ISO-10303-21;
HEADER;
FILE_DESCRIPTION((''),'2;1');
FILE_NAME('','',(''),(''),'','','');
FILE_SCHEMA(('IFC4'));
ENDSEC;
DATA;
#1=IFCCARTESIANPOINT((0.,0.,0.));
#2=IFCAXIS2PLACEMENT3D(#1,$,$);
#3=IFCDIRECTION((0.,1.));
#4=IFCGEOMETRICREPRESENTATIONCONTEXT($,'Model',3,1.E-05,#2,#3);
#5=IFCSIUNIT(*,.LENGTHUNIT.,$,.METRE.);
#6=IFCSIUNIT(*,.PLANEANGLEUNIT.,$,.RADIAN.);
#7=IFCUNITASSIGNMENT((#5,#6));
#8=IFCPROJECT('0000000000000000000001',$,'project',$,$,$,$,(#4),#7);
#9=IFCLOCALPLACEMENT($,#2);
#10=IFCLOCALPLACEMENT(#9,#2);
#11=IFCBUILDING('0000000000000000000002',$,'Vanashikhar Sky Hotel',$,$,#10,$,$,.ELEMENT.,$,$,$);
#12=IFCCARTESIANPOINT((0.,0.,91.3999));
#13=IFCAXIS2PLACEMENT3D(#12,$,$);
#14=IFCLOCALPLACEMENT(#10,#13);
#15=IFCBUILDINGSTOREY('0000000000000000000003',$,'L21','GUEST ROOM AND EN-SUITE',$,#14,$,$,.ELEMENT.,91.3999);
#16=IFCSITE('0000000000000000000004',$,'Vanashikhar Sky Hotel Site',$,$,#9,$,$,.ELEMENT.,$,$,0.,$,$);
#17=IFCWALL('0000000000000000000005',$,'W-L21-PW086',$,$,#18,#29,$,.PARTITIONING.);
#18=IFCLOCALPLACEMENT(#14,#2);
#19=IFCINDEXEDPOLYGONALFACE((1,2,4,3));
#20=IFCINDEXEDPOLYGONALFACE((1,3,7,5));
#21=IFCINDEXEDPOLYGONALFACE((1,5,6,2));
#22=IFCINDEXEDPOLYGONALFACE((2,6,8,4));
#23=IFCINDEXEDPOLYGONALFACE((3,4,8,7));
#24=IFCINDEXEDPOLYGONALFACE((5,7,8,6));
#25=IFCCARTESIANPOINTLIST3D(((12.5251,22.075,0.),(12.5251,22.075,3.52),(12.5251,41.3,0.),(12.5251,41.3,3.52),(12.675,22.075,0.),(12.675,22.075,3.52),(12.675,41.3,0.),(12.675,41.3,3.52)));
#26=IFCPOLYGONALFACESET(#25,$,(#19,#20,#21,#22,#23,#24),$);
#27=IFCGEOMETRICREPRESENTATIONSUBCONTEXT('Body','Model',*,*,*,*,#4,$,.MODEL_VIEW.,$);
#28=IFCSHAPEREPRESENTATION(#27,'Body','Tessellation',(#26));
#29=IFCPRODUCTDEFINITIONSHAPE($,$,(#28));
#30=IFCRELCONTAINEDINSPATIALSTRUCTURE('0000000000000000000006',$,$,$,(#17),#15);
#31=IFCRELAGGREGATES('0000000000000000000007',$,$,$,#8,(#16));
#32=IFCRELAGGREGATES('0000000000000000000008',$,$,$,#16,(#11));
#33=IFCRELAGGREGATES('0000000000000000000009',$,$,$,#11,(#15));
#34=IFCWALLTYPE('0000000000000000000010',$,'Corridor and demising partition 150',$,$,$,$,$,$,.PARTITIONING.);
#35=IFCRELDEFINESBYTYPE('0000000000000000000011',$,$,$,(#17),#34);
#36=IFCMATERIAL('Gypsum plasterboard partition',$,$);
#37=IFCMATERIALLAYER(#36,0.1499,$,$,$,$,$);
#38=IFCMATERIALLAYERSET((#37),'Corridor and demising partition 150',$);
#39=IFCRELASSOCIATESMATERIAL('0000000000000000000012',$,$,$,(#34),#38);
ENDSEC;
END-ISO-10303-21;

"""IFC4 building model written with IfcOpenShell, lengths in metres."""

from ifc_helpers import new_model, si_unit, direction, frame, frame_2d, origin, place, context, subcontext, project, spatial, rectangle, extrude, source, transform, mapped, material, layer, layer_set, type_object, element, save


model = new_model("IFC4")

# Units and contexts
model_context = context("Model", 3, precision=1e-05, world=origin(), true_north=direction((0.0, 1.0)))
body_context = subcontext(model_context, "Body", "Model", "MODEL_VIEW")
ifc_project = project(units=[si_unit("LENGTHUNIT", "METRE"), si_unit("PLANEANGLEUNIT", "RADIAN")], contexts=[model_context])

# Site, building, storey
site_placement = place(None, origin())
site = spatial("IfcSite", under=ifc_project, at=site_placement, Name="Vanashikhar Sky Hotel Site", CompositionType="ELEMENT", RefElevation=0.0)
building_placement = place(site_placement, origin())
building = spatial("IfcBuilding", under=site, at=building_placement, Name="Vanashikhar Sky Hotel", CompositionType="ELEMENT")
storey_placement = place(building_placement, frame((0.0, 0.0, 91.3999)))
storey = spatial("IfcBuildingStorey", under=building, at=storey_placement, Name="L21", Description="GUEST ROOM AND EN-SUITE", CompositionType="ELEMENT", Elevation=91.3999)

# Shared definitions
ifc_material_1 = material(Name="Gypsum plasterboard partition")
ifc_layer_1 = layer(ifc_material_1, 0.1499)
ifc_layer_set_1 = layer_set([ifc_layer_1], Name="Corridor and demising partition 150")
wall_type_1 = type_object("IfcWallType", Name="Corridor and demising partition 150", PredefinedType="PARTITIONING", material=ifc_layer_set_1)

# Wall
shared_shape_1 = source(origin(), body_context, "Body", "SweptSolid", [
    extrude(rectangle(XDim=19.2251, YDim=0.1499, at=frame_2d((9.6125, 0.0))), origin(), (0.0, 0.0, 1.0), 3.52),
])
wall_1_placement = place(storey_placement, frame((12.6001, 22.075, 0.0), z_axis=(0.0, 0.0, 1.0), x_axis=(0.0, 1.0, 0.0)))
element("IfcWall", 1, at=wall_1_placement, inside=storey, type_object=wall_type_1, Name="W-L21-PW086", PredefinedType="PARTITIONING", context=body_context, shape_type="MappedRepresentation", body=[
    mapped(shared_shape_1, transform((0.0, 0.0, 0.0), scale=1.0)),
])

save(model, "model.ifc")
